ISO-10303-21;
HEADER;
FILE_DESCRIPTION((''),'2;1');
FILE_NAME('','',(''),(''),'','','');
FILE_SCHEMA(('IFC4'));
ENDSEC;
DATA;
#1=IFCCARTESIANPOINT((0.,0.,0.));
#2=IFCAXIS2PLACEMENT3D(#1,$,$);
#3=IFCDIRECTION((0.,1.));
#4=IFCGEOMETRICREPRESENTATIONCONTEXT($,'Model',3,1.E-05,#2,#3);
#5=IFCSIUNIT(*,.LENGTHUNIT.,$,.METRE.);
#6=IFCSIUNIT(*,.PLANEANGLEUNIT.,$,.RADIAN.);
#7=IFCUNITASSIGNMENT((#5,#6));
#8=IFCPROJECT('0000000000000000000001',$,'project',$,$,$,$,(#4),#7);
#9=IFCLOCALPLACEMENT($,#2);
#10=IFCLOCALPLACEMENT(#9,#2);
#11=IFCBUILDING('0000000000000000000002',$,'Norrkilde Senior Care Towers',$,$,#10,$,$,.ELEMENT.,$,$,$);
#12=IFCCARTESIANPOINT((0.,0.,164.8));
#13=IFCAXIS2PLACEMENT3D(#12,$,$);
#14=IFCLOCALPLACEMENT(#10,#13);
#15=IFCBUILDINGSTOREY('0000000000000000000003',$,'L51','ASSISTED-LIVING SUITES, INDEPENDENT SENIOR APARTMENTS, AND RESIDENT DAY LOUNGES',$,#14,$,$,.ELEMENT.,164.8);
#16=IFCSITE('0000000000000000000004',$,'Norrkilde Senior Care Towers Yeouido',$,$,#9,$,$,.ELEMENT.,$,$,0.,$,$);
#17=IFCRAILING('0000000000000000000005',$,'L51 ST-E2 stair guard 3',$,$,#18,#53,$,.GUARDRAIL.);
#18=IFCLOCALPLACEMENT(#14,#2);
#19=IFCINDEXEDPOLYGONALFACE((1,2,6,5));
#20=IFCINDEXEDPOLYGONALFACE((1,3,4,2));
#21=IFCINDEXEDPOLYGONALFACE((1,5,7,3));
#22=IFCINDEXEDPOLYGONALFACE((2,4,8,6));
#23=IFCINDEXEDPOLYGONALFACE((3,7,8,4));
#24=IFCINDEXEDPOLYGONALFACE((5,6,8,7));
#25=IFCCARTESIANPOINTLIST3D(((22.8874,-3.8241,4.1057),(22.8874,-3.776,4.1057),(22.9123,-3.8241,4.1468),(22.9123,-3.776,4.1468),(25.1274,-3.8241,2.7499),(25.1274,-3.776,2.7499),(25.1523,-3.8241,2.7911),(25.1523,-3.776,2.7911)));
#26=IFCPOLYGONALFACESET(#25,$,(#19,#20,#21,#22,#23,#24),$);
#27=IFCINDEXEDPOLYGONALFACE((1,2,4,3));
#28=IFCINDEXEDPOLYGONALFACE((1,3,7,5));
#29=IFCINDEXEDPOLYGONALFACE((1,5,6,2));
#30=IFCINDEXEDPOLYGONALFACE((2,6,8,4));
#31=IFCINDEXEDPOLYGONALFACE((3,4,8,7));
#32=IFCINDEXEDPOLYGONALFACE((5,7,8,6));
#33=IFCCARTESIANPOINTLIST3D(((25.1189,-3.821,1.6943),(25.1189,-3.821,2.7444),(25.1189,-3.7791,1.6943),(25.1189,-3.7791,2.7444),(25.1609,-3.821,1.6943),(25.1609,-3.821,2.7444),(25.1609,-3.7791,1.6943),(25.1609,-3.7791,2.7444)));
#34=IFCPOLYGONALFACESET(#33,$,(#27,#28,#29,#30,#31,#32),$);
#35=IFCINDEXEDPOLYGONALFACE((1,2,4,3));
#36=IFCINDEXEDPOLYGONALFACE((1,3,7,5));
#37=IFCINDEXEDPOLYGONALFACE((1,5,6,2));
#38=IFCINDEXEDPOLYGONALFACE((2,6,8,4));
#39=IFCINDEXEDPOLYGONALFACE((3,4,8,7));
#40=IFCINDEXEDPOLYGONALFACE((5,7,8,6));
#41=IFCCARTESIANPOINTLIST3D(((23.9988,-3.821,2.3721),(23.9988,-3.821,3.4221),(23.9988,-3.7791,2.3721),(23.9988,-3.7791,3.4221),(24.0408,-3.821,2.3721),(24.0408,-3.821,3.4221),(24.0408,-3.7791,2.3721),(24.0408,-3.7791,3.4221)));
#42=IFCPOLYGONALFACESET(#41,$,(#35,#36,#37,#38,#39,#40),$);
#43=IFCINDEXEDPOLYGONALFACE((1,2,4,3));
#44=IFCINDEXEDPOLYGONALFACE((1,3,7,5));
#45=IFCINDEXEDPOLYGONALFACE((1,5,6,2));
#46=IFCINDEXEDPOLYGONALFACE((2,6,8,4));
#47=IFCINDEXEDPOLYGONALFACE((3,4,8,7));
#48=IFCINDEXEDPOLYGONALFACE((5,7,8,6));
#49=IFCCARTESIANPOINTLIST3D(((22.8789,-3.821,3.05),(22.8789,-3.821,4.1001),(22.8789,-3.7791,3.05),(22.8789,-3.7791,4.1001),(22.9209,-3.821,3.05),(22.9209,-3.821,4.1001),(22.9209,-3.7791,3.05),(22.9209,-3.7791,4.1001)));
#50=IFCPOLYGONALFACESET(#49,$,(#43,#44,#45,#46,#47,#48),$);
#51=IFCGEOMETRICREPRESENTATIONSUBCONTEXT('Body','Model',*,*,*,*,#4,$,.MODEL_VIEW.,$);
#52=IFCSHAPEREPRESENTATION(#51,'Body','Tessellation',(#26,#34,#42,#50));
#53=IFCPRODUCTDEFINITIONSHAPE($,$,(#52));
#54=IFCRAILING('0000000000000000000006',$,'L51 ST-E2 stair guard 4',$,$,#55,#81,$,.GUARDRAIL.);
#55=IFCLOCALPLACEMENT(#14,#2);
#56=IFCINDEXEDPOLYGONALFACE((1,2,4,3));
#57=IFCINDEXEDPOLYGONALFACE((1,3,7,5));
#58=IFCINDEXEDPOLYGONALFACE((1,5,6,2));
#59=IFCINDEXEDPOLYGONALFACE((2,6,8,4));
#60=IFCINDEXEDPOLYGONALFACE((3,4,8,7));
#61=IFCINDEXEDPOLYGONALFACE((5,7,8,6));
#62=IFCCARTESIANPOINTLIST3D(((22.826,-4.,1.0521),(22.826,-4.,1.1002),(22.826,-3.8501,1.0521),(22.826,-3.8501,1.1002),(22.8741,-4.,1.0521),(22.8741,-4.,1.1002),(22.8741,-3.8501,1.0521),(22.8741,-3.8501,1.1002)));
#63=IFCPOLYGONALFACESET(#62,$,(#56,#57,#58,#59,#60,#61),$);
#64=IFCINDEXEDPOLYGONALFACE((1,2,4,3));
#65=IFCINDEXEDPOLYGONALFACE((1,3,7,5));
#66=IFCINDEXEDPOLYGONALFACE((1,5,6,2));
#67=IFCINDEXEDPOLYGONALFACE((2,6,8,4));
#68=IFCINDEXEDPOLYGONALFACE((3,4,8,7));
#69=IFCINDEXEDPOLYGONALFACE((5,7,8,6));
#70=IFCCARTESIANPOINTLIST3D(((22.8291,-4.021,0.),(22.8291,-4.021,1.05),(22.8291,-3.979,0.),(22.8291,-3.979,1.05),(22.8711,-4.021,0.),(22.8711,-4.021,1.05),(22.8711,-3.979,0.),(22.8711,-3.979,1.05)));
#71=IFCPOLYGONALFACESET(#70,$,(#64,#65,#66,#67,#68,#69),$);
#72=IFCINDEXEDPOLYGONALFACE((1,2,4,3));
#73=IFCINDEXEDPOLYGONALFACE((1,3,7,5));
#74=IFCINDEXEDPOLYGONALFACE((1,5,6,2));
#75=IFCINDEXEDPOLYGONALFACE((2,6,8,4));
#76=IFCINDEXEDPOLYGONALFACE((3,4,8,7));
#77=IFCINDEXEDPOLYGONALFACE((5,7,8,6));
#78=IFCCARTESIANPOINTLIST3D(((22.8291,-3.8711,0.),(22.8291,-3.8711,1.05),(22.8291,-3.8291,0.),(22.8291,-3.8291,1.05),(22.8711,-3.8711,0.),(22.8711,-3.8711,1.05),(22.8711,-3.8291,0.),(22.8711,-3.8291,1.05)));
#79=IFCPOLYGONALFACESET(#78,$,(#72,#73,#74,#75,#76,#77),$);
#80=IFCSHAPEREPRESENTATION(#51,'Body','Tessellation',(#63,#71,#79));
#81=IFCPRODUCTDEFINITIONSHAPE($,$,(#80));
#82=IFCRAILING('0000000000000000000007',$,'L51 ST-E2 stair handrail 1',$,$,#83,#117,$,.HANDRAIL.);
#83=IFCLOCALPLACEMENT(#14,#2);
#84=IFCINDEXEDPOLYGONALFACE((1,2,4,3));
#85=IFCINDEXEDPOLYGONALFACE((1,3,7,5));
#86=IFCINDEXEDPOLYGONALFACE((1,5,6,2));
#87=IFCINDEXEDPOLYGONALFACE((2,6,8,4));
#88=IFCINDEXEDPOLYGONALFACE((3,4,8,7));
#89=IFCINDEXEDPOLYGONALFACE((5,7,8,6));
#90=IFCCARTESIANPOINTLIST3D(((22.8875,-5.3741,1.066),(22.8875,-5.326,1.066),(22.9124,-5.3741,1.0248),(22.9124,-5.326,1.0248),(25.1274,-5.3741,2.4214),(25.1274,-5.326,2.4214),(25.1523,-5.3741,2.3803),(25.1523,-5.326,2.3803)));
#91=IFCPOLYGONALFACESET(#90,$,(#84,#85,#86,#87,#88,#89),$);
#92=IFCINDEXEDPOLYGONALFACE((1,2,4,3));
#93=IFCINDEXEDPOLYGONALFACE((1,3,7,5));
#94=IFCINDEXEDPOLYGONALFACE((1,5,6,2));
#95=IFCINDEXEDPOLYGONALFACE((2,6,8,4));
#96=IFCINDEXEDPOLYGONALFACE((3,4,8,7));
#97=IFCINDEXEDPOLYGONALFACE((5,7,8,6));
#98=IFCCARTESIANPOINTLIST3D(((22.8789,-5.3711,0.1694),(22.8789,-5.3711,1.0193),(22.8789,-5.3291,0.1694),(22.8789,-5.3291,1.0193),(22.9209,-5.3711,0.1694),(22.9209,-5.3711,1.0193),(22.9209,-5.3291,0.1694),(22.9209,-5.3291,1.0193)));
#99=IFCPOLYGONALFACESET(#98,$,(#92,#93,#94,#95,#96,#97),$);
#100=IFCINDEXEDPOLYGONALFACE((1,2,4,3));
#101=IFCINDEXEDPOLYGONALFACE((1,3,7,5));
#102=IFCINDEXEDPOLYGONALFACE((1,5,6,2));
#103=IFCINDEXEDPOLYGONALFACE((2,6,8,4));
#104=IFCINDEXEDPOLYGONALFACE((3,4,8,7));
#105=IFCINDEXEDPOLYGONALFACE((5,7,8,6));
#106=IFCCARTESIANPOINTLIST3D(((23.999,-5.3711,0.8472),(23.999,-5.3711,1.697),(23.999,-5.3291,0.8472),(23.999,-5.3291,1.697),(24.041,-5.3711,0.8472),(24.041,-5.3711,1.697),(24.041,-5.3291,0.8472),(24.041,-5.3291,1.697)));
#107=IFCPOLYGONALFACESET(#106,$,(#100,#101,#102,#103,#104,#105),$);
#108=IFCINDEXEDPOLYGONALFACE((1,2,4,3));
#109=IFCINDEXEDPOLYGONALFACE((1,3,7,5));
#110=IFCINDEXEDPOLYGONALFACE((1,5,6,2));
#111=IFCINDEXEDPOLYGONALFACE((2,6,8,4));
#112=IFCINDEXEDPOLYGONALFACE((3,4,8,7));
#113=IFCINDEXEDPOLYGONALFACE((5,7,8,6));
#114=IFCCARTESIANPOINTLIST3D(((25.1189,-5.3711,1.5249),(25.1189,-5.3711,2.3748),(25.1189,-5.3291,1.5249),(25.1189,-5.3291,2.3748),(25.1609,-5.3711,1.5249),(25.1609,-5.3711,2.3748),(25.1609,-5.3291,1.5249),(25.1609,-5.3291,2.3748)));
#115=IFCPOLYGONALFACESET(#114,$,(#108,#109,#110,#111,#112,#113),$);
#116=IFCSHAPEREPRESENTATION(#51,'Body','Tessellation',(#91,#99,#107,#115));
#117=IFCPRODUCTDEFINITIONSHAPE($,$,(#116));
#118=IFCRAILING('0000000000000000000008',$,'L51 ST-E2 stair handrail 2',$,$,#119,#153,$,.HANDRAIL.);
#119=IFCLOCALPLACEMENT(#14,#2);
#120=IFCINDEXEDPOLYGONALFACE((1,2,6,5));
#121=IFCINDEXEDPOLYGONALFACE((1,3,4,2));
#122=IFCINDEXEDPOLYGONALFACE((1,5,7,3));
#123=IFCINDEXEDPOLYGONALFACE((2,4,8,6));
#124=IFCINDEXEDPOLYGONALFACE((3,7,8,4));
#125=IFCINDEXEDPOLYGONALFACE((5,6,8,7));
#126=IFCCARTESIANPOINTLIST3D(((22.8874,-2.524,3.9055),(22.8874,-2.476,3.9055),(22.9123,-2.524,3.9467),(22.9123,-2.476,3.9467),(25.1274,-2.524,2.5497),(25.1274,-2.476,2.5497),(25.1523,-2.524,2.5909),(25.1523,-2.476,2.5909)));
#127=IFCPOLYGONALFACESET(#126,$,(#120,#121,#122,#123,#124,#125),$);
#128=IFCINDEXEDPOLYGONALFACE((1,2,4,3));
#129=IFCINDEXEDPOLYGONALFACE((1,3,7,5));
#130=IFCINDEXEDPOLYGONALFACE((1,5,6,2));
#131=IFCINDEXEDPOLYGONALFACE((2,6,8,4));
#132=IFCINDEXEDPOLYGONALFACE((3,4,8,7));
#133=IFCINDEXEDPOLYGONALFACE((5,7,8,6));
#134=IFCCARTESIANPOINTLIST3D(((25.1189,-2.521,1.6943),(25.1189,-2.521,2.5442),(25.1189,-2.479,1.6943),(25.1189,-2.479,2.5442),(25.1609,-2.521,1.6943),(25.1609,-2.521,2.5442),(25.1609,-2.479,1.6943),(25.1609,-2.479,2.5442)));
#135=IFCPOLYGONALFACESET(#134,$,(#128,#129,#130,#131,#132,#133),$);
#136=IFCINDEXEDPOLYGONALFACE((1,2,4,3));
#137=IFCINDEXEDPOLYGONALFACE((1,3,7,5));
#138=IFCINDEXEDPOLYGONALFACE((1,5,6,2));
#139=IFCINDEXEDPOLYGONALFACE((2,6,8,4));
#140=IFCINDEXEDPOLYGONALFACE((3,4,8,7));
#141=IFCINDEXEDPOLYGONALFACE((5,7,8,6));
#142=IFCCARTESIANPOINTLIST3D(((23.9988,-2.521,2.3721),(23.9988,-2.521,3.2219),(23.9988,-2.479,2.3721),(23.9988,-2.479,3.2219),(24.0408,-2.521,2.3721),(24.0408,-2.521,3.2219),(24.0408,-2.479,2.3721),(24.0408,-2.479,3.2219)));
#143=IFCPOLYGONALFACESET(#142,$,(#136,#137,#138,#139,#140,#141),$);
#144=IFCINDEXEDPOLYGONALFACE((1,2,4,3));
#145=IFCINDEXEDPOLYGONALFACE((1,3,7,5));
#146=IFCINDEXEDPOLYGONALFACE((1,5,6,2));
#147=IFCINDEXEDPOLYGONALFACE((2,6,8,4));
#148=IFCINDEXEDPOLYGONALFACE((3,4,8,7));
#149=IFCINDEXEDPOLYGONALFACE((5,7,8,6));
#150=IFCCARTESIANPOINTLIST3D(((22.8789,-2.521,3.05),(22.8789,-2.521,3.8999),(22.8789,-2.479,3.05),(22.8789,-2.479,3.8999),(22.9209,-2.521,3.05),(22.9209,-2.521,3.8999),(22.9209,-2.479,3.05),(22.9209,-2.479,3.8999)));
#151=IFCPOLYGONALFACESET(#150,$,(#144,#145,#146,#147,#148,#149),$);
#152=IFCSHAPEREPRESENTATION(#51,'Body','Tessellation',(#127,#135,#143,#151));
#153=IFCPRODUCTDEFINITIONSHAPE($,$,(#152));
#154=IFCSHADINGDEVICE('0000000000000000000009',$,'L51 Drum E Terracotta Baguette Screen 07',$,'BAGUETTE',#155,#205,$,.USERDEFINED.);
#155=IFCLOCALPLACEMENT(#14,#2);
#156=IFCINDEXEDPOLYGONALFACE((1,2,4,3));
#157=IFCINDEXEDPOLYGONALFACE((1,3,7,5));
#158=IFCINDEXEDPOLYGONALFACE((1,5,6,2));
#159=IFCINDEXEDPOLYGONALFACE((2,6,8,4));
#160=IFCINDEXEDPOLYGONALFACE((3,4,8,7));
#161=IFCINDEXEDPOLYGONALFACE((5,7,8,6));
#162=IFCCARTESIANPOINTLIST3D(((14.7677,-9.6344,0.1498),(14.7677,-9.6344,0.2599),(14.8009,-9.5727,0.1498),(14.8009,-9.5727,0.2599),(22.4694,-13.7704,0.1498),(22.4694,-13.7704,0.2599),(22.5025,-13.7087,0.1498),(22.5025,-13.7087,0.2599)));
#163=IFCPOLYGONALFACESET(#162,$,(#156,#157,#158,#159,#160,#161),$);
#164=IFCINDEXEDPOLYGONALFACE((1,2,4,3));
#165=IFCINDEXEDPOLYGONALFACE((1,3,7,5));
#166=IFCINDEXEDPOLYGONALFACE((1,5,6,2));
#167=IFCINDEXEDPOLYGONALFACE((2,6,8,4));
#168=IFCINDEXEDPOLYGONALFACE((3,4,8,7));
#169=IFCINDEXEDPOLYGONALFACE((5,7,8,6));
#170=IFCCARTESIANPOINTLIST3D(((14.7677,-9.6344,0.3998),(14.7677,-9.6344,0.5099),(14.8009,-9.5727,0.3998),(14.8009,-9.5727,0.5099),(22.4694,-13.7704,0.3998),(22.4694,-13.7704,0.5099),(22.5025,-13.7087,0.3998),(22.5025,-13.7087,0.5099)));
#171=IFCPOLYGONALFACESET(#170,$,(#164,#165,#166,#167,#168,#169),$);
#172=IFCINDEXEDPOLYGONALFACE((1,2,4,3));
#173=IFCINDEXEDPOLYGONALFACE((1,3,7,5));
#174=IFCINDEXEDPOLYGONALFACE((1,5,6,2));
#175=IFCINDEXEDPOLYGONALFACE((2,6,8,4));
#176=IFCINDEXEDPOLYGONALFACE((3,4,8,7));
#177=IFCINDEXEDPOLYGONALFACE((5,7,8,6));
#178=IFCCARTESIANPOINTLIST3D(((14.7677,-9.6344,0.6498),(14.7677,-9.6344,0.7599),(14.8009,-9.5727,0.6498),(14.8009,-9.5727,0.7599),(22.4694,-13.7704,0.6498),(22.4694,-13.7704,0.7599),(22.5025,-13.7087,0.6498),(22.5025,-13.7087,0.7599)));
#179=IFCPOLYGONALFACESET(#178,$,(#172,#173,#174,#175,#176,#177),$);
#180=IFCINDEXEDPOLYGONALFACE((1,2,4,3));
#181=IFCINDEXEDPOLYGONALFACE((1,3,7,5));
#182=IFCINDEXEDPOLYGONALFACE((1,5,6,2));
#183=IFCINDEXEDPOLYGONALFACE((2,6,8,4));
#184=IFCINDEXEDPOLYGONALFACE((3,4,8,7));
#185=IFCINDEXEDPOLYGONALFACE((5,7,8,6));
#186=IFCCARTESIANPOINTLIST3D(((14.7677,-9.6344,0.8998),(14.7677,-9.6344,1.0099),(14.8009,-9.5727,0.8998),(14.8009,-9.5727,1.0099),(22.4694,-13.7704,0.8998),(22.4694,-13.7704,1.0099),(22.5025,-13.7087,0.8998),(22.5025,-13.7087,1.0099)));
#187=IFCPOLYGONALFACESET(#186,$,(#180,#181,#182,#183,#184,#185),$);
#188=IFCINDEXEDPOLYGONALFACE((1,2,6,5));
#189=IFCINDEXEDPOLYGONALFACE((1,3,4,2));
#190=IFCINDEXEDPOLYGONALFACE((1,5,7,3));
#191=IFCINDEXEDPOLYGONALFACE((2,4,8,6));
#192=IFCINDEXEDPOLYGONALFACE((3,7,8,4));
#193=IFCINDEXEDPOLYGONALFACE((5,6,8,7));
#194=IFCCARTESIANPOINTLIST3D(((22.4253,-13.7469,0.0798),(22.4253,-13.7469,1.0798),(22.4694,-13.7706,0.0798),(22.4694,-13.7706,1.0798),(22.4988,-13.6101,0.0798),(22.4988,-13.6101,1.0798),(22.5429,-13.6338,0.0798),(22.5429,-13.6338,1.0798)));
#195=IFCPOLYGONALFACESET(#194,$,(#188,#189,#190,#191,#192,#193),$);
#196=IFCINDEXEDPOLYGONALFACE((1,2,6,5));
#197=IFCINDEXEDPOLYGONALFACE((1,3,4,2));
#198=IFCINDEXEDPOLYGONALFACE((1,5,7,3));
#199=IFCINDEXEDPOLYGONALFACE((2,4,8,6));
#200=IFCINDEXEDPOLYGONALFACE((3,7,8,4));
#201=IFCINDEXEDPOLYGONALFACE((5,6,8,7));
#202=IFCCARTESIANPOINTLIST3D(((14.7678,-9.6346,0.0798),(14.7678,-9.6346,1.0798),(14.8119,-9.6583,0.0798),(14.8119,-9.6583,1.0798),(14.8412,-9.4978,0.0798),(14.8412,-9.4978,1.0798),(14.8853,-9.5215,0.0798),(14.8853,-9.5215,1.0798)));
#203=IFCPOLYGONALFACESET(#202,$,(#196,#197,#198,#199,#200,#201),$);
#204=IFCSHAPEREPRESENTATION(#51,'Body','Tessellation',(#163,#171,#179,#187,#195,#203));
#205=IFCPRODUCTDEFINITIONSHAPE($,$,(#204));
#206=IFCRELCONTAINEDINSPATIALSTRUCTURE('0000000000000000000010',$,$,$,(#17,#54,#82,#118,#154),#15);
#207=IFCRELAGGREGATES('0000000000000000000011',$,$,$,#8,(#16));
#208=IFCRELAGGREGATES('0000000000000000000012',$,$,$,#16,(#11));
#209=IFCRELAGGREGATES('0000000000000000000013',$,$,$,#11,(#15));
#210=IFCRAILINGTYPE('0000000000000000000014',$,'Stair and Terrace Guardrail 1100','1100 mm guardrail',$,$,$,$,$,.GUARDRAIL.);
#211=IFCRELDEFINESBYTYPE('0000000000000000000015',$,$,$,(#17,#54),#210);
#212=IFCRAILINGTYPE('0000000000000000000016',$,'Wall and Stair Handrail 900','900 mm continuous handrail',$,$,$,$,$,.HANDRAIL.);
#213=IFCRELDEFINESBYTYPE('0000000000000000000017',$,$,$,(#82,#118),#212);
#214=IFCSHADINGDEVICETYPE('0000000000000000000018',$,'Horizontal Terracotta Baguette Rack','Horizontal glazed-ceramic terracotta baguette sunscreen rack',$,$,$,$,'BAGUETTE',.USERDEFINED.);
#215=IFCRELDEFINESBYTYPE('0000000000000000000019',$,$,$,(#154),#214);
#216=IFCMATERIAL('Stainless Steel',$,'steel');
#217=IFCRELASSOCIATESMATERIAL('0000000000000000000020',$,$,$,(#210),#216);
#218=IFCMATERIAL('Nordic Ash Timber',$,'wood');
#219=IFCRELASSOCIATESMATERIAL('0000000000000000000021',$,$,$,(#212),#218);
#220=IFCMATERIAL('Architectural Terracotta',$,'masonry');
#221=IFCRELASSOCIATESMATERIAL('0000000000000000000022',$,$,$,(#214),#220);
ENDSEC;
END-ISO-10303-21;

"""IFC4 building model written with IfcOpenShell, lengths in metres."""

from ifc_helpers import new_model, si_unit, direction, frame, origin, origin_2d, place, context, subcontext, project, spatial, rectangle, extrude, source, transform, mapped, material, type_object, type_shapes, element, save


model = new_model("IFC4")

# Units and contexts
model_context = context("Model", 3, precision=1e-05, world=origin(), true_north=direction((0.0, 1.0)))
body_context = subcontext(model_context, "Body", "Model", "MODEL_VIEW")
ifc_project = project(units=[si_unit("LENGTHUNIT", "METRE"), si_unit("PLANEANGLEUNIT", "RADIAN")], contexts=[model_context])

# Site, building, storey
site_placement = place(None, origin())
site = spatial("IfcSite", under=ifc_project, at=site_placement, Name="Norrkilde Senior Care Towers Yeouido", CompositionType="ELEMENT", RefElevation=0.0)
building_placement = place(site_placement, origin())
building = spatial("IfcBuilding", under=site, at=building_placement, Name="Norrkilde Senior Care Towers", CompositionType="ELEMENT")
storey_placement = place(building_placement, frame((0.0, 0.0, 164.8)))
storey = spatial("IfcBuildingStorey", under=building, at=storey_placement, Name="L51", Description="ASSISTED-LIVING SUITES, INDEPENDENT SENIOR APARTMENTS, AND RESIDENT DAY LOUNGES", CompositionType="ELEMENT", Elevation=164.8)

# Railings
ifc_material_1 = material(Name="Stainless Steel", Category="steel")
railing_type_1 = type_object("IfcRailingType", Name="Stair and Terrace Guardrail 1100", Description="1100 mm guardrail", PredefinedType="GUARDRAIL", material=ifc_material_1)
railing_1_placement = place(storey_placement, frame((25.1399, -3.8, 1.6943)))
element("IfcRailing", 1, at=railing_1_placement, inside=storey, type_object=railing_type_1, Name="L51 ST-E2 stair guard 3", PredefinedType="GUARDRAIL", context=body_context, shape_type="SweptSolid", body=[
    extrude(rectangle(XDim=0.0481, YDim=0.0481, at=origin_2d()), frame((0.0, 0.0, 1.0762), z_axis=(-0.855512, 0.0, 0.517783), x_axis=(0.0, -1.0, 0.0)), (0.0, 0.0, 1.0), 2.6184),
    extrude(rectangle(XDim=0.042, YDim=0.042, at=origin_2d()), origin(), (0.0, 0.0, 1.0), 1.05),
    extrude(rectangle(XDim=0.042, YDim=0.042, at=origin_2d()), frame((-1.1201, 0.0, 0.6777)), (0.0, 0.0, 1.0), 1.05),
    extrude(rectangle(XDim=0.042, YDim=0.042, at=origin_2d()), frame((-2.24, 0.0, 1.3557)), (0.0, 0.0, 1.0), 1.05),
])
railing_2_placement = place(storey_placement, frame((22.8501, -4.0, 0.0)))
element("IfcRailing", 2, at=railing_2_placement, inside=storey, type_object=railing_type_1, Name="L51 ST-E2 stair guard 4", PredefinedType="GUARDRAIL", context=body_context, shape_type="SweptSolid", body=[
    extrude(rectangle(XDim=0.0481, YDim=0.0481, at=origin_2d()), frame((0.0, 0.0, 1.0762), z_axis=(0.0, 1.0, 0.0), x_axis=(-1.0, 0.0, 0.0)), (0.0, 0.0, 1.0), 0.1499),
    extrude(rectangle(XDim=0.042, YDim=0.042, at=origin_2d()), origin(), (0.0, 0.0, 1.0), 1.05),
    extrude(rectangle(XDim=0.042, YDim=0.042, at=origin_2d()), frame((0.0, 0.1499, 0.0)), (0.0, 0.0, 1.0), 1.05),
])
ifc_material_2 = material(Name="Nordic Ash Timber", Category="wood")
railing_type_2 = type_object("IfcRailingType", Name="Wall and Stair Handrail 900", Description="900 mm continuous handrail", PredefinedType="HANDRAIL", material=ifc_material_2)
railing_3_placement = place(storey_placement, frame((22.8999, -5.3501, 0.1694)))
element("IfcRailing", 3, at=railing_3_placement, inside=storey, type_object=railing_type_2, Name="L51 ST-E2 stair handrail 1", PredefinedType="HANDRAIL", context=body_context, shape_type="SweptSolid", body=[
    extrude(rectangle(XDim=0.0481, YDim=0.0481, at=origin_2d()), frame((0.0, 0.0, 0.876), z_axis=(0.855553, 0.0, 0.517715), x_axis=(0.0, 1.0, 0.0)), (0.0, 0.0, 1.0), 2.6182),
    extrude(rectangle(XDim=0.042, YDim=0.042, at=origin_2d()), origin(), (0.0, 0.0, 1.0), 0.8499),
    extrude(rectangle(XDim=0.042, YDim=0.042, at=origin_2d()), frame((1.1201, 0.0, 0.6777)), (0.0, 0.0, 1.0), 0.8499),
    extrude(rectangle(XDim=0.042, YDim=0.042, at=origin_2d()), frame((2.24, 0.0, 1.3555)), (0.0, 0.0, 1.0), 0.8499),
])
railing_4_placement = place(storey_placement, frame((25.1399, -2.5, 1.6943)))
element("IfcRailing", 4, at=railing_4_placement, inside=storey, type_object=railing_type_2, Name="L51 ST-E2 stair handrail 2", PredefinedType="HANDRAIL", context=body_context, shape_type="SweptSolid", body=[
    extrude(rectangle(XDim=0.0481, YDim=0.0481, at=origin_2d()), frame((0.0, 0.0, 0.876), z_axis=(-0.855512, 0.0, 0.517783), x_axis=(0.0, -1.0, 0.0)), (0.0, 0.0, 1.0), 2.6184),
    extrude(rectangle(XDim=0.042, YDim=0.042, at=origin_2d()), origin(), (0.0, 0.0, 1.0), 0.8499),
    extrude(rectangle(XDim=0.042, YDim=0.042, at=origin_2d()), frame((-1.1201, 0.0, 0.6777)), (0.0, 0.0, 1.0), 0.8499),
    extrude(rectangle(XDim=0.042, YDim=0.042, at=origin_2d()), frame((-2.24, 0.0, 1.3557)), (0.0, 0.0, 1.0), 0.8499),
])

# Shading device
ifc_material_3 = material(Name="Architectural Terracotta", Category="masonry")
shading_device_type = type_object("IfcShadingDeviceType", Name="Horizontal Terracotta Baguette Rack", Description="Horizontal glazed-ceramic terracotta baguette sunscreen rack", ElementType="BAGUETTE", PredefinedType="USERDEFINED", material=ifc_material_3)
shared_shape_1 = source(origin(), body_context, "Body", "SweptSolid", [
    extrude(rectangle(XDim=0.0701, YDim=0.1101, at=origin_2d()), frame((0.0, 0.0901, 0.125), z_axis=(1.0, 0.0, 0.0), x_axis=(0.0, 1.0, 0.0)), (0.0, 0.0, 1.0), 8.7419),
    extrude(rectangle(XDim=0.0701, YDim=0.1101, at=origin_2d()), frame((0.0, 0.0901, 0.375), z_axis=(1.0, 0.0, 0.0), x_axis=(0.0, 1.0, 0.0)), (0.0, 0.0, 1.0), 8.7419),
    extrude(rectangle(XDim=0.0701, YDim=0.1101, at=origin_2d()), frame((0.0, 0.0901, 0.625), z_axis=(1.0, 0.0, 0.0), x_axis=(0.0, 1.0, 0.0)), (0.0, 0.0, 1.0), 8.7419),
    extrude(rectangle(XDim=0.0701, YDim=0.1101, at=origin_2d()), frame((0.0, 0.0901, 0.875), z_axis=(1.0, 0.0, 0.0), x_axis=(0.0, 1.0, 0.0)), (0.0, 0.0, 1.0), 8.7419),
    extrude(rectangle(XDim=0.05, YDim=0.1553, at=origin_2d()), frame((0.0249, 0.0476, 0.0)), (0.0, 0.0, 1.0), 1.0),
    extrude(rectangle(XDim=0.05, YDim=0.1553, at=origin_2d()), frame((8.7168, 0.0476, 0.0)), (0.0, 0.0, 1.0), 1.0),
])
type_shapes(shading_device_type, [shared_shape_1])
shading_device_placement = place(storey_placement, frame((22.5286, -13.6602, 0.0798), z_axis=(0.0, 0.0, 1.0), x_axis=(-0.881001, 0.47312, 0.0)))
element("IfcShadingDevice", 5, at=shading_device_placement, inside=storey, type_object=shading_device_type, Name="L51 Drum E Terracotta Baguette Screen 07", ObjectType="BAGUETTE", PredefinedType="USERDEFINED", context=body_context, shape_type="MappedRepresentation", body=[
    mapped(shared_shape_1, transform((0.0, 0.0, 0.0), x_axis=(1.0, 0.0, 0.0), y_axis=(0.0, 1.0, 0.0), z_axis=(0.0, 0.0, 1.0), scale=1.0)),
])

save(model, "model.ifc")
